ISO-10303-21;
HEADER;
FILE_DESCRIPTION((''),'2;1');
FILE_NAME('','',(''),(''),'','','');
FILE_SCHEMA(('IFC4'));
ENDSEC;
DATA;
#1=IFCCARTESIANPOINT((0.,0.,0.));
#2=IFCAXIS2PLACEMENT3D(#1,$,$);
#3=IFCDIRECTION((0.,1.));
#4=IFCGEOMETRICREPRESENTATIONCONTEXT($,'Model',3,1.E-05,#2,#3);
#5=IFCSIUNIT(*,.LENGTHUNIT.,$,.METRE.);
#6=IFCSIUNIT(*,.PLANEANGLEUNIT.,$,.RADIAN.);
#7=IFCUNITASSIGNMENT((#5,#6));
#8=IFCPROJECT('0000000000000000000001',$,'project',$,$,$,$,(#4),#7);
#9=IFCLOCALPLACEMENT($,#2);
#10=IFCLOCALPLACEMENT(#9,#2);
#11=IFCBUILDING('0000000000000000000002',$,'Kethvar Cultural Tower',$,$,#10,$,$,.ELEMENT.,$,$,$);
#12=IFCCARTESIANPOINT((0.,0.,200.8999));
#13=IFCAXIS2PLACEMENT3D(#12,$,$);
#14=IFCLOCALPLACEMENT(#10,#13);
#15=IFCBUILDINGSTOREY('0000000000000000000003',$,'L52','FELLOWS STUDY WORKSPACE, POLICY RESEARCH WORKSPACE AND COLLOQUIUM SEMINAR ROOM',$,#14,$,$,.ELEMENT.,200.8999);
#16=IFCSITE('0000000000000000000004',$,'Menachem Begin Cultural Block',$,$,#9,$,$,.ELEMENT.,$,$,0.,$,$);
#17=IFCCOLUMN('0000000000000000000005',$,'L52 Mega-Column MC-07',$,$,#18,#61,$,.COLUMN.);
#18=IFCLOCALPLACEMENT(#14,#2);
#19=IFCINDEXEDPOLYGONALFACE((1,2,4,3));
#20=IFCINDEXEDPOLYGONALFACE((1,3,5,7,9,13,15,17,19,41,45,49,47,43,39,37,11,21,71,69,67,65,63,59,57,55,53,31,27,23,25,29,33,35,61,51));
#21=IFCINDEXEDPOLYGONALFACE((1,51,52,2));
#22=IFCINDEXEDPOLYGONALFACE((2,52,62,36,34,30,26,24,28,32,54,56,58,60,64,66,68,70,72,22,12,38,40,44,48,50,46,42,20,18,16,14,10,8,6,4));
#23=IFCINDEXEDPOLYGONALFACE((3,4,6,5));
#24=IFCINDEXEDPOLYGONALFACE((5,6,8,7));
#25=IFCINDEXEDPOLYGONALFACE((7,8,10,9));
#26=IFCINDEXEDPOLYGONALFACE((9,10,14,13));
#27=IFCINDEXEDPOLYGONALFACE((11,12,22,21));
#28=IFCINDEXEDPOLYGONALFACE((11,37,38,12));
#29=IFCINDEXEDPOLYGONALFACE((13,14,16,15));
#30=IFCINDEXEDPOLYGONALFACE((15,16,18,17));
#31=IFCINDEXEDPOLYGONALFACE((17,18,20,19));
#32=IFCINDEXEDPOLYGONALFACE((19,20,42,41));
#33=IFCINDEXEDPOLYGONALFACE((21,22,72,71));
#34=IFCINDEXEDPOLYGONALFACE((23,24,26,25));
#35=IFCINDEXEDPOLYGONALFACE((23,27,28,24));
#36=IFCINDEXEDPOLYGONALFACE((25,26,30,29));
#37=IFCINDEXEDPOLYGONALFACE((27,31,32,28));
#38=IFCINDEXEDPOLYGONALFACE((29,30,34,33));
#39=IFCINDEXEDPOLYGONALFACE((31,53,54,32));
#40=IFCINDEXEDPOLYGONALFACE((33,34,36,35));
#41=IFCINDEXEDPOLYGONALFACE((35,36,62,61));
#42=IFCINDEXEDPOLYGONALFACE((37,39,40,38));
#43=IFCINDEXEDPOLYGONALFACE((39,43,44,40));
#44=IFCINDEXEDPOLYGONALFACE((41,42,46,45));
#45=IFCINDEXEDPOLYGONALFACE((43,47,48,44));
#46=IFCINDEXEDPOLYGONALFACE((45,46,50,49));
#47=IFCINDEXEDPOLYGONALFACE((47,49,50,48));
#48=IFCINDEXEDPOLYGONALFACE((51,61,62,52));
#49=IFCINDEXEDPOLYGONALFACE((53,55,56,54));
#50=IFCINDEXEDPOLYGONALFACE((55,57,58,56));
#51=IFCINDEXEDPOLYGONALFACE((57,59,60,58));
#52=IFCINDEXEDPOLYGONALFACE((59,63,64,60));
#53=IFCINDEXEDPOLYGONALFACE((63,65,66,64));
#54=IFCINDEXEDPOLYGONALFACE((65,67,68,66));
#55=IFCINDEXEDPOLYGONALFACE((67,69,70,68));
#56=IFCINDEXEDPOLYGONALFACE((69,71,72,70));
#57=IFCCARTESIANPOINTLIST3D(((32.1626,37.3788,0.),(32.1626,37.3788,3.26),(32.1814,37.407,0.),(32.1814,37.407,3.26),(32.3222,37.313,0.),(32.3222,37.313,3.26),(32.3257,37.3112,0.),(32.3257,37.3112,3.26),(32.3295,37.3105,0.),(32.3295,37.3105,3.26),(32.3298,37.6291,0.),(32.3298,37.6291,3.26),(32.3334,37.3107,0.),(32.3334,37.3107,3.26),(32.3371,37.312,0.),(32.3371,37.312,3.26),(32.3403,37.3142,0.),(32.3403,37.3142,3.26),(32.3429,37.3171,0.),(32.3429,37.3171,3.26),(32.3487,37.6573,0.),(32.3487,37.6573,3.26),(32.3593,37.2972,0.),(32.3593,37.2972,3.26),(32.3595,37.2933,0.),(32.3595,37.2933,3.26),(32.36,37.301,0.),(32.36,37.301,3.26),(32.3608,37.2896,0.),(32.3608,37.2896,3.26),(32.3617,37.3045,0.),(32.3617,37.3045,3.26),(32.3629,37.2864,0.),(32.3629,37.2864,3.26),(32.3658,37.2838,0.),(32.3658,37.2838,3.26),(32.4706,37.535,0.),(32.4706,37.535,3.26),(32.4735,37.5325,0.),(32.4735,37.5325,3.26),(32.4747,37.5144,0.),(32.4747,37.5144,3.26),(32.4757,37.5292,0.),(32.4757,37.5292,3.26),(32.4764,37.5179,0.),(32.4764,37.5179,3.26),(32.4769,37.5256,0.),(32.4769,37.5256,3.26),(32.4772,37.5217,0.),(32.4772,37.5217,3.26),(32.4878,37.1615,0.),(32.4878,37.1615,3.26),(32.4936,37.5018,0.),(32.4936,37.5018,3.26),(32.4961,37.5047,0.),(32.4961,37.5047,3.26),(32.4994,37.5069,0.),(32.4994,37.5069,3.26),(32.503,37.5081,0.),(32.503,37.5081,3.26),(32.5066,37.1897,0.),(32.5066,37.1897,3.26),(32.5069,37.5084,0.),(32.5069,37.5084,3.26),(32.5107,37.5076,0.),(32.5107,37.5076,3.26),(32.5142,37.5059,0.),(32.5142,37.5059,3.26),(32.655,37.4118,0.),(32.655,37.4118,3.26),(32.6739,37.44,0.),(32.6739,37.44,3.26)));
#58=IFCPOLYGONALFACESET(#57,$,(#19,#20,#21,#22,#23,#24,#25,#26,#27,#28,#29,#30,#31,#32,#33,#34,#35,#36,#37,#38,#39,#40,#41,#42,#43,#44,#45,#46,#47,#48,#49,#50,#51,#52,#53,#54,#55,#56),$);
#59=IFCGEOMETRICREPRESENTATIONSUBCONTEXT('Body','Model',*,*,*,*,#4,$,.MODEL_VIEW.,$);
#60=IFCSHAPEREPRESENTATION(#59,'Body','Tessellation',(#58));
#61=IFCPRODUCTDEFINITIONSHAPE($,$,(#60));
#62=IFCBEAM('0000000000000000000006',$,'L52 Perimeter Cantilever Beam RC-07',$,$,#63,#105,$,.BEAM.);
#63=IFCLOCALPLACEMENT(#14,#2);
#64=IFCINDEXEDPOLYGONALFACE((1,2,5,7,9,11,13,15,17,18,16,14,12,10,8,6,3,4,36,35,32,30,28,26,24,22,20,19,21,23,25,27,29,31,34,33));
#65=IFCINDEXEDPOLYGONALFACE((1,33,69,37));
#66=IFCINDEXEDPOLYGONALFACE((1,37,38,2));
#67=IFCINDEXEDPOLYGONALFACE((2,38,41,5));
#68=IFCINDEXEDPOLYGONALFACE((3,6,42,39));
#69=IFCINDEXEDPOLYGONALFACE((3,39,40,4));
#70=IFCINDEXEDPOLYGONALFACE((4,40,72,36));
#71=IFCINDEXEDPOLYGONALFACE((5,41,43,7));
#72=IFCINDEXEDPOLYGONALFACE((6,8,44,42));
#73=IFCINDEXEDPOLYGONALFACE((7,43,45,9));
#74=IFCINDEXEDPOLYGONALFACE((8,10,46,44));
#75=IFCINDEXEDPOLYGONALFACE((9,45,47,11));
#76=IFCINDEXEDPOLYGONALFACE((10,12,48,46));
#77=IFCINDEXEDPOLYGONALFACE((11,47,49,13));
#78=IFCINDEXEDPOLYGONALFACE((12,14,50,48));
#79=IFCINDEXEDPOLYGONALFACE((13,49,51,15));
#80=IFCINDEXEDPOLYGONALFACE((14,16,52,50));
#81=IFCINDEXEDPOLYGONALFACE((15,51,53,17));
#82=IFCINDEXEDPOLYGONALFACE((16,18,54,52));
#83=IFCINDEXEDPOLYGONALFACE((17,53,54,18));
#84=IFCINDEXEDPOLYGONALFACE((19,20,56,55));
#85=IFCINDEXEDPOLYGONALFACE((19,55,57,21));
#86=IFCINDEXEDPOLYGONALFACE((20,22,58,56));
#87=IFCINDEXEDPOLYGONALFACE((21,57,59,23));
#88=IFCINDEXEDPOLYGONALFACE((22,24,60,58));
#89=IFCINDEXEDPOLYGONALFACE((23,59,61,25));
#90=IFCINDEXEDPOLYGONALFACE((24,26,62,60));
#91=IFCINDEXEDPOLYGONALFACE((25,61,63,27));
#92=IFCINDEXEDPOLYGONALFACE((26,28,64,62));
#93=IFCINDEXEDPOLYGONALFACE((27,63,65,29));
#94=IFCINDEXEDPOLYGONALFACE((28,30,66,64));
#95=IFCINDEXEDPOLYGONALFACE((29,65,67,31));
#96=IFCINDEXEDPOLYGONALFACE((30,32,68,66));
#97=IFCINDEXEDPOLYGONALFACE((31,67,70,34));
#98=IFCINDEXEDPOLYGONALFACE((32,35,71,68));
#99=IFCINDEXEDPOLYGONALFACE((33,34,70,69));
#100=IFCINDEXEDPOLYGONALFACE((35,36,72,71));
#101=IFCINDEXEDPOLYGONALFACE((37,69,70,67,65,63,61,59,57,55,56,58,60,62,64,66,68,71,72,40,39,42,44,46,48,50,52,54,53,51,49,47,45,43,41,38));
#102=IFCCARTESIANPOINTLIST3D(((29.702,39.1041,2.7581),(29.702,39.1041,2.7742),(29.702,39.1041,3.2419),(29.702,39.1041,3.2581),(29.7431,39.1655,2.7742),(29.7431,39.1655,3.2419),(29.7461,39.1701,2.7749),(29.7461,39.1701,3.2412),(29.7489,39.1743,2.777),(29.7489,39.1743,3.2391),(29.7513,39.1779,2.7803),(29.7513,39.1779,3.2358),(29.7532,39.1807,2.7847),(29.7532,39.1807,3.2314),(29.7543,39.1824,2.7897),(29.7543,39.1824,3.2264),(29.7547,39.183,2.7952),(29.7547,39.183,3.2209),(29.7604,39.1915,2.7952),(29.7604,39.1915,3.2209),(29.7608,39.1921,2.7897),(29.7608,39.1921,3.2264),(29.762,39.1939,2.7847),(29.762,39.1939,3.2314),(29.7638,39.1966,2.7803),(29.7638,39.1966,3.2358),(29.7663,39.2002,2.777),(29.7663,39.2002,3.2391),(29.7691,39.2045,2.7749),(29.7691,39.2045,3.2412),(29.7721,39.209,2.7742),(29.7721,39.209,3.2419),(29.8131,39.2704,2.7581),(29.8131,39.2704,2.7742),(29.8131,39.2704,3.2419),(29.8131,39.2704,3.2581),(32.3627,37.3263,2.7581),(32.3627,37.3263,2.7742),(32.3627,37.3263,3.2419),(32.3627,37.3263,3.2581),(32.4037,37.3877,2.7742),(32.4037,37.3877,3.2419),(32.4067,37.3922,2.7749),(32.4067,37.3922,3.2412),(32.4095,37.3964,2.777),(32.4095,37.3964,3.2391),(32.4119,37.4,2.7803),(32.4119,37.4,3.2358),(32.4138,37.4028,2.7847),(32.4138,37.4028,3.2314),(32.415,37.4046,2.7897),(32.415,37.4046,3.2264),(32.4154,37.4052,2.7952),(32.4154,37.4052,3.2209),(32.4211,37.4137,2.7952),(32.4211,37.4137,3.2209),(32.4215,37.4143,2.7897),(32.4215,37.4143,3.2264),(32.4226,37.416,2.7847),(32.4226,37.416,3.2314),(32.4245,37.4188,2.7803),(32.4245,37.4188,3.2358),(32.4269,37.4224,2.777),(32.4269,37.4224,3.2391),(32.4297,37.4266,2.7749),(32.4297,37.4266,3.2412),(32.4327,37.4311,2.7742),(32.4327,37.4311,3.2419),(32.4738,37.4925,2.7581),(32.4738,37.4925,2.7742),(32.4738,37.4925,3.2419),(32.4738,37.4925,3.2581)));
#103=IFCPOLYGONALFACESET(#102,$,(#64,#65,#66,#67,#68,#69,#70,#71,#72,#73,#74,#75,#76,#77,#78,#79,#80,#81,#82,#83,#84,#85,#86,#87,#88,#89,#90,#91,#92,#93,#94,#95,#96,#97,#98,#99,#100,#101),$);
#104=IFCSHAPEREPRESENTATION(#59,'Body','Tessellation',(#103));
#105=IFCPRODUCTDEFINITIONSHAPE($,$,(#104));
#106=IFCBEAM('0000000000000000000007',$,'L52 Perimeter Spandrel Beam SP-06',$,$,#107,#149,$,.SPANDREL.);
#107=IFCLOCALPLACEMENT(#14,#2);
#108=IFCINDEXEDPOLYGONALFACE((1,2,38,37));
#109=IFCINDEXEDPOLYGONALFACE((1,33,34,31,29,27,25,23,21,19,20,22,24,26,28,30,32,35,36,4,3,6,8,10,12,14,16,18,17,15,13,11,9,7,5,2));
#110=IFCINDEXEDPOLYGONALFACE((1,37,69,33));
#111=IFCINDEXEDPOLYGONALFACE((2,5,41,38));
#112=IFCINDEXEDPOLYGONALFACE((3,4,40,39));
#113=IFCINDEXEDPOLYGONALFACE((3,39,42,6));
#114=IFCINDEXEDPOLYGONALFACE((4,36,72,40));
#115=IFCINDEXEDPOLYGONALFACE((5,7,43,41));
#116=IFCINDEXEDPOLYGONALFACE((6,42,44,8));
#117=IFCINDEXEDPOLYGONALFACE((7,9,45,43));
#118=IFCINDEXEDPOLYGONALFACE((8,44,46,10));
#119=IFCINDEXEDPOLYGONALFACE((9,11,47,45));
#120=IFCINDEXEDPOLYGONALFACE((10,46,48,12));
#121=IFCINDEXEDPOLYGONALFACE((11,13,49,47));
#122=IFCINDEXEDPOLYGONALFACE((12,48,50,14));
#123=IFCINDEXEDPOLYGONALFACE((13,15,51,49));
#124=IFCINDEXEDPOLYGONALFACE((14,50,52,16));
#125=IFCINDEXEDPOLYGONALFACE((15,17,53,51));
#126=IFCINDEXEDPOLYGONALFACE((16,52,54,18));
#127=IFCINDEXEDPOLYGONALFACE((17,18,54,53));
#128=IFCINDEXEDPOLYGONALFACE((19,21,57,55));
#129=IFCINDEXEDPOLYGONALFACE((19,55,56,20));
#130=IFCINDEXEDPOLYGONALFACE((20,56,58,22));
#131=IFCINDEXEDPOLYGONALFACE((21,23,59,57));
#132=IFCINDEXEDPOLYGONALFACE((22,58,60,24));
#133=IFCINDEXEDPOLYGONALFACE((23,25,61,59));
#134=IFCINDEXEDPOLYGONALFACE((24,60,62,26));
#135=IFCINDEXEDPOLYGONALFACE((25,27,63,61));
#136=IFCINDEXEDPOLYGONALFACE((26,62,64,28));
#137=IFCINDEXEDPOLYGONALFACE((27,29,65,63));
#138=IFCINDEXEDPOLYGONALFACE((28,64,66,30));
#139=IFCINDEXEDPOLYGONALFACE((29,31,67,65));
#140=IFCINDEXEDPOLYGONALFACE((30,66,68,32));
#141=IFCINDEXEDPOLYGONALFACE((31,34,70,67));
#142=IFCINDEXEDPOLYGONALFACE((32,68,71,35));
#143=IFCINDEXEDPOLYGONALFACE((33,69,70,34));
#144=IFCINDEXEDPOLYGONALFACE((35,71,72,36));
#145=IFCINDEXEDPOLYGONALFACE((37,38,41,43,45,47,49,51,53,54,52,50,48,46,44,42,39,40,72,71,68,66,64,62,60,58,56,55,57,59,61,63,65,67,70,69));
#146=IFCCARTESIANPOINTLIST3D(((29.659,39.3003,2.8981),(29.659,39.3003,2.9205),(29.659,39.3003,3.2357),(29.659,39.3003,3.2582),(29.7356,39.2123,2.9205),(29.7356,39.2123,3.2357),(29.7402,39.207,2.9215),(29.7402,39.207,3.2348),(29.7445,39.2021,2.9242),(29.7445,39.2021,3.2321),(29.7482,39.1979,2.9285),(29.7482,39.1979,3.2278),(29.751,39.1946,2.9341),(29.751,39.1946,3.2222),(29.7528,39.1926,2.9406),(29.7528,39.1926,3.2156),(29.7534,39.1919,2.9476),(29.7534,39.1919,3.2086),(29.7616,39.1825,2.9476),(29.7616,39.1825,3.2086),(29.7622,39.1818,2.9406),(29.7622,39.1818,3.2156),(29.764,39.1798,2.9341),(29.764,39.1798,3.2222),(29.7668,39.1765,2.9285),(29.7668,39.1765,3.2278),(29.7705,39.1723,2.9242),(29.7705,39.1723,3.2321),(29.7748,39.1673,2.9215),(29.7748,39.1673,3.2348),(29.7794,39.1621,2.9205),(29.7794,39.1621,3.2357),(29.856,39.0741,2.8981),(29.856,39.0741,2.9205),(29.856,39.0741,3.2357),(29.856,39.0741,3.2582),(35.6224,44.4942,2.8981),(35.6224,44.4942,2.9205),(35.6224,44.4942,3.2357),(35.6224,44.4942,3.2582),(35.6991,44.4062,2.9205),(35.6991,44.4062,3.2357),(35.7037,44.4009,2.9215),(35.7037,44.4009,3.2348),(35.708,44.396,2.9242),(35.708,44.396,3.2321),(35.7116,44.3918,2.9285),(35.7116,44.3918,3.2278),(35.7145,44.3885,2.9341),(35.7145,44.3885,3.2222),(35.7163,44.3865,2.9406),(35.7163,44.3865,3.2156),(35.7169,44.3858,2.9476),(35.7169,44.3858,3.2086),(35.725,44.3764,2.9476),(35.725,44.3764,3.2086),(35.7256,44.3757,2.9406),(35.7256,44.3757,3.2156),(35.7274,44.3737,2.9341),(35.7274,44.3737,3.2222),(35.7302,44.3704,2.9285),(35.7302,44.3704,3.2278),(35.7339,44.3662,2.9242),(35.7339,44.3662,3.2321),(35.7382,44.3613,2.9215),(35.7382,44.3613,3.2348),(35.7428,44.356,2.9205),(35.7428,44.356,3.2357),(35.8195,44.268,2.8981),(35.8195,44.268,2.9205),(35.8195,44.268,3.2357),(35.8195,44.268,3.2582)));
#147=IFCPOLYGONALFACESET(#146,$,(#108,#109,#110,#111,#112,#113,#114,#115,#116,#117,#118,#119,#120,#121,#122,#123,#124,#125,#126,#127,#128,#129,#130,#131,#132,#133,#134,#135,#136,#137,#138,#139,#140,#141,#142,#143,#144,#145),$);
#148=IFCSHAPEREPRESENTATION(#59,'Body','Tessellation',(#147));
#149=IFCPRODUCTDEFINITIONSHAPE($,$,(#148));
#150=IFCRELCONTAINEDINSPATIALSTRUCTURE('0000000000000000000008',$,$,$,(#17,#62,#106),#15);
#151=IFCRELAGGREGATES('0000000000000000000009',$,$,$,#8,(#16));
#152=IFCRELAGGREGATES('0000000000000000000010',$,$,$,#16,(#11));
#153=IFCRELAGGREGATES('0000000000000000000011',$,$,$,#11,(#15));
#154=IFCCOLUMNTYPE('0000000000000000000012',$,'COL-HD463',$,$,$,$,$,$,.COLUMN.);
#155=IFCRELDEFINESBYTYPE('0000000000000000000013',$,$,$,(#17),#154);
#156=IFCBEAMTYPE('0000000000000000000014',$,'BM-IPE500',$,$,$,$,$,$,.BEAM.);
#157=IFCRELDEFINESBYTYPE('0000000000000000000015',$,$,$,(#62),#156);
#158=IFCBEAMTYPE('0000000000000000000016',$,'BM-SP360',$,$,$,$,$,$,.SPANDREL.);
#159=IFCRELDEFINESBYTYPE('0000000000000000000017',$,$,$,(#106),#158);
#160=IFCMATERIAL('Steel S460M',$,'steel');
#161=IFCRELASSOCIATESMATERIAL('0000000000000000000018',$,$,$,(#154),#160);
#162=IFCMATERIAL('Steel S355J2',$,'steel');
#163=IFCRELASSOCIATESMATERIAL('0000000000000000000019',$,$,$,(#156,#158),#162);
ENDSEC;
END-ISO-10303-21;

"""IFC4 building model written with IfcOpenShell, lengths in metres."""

from ifc_helpers import new_model, si_unit, direction, frame, origin, origin_2d, place, context, subcontext, project, spatial, i_section, extrude, source, transform, mapped, material, material_profile, profile_set, type_object, element, save


model = new_model("IFC4")

# Units and contexts
model_context = context("Model", 3, precision=1e-05, world=origin(), true_north=direction((0.0, 1.0)))
body_context = subcontext(model_context, "Body", "Model", "MODEL_VIEW")
ifc_project = project(units=[si_unit("LENGTHUNIT", "METRE"), si_unit("PLANEANGLEUNIT", "RADIAN")], contexts=[model_context])

# Site, building, storey
site_placement = place(None, origin())
site = spatial("IfcSite", under=ifc_project, at=site_placement, Name="Menachem Begin Cultural Block", CompositionType="ELEMENT", RefElevation=0.0)
building_placement = place(site_placement, origin())
building = spatial("IfcBuilding", under=site, at=building_placement, Name="Kethvar Cultural Tower", CompositionType="ELEMENT")
storey_placement = place(building_placement, frame((0.0, 0.0, 200.8999)))
storey = spatial("IfcBuildingStorey", under=building, at=storey_placement, Name="L52", Description="FELLOWS STUDY WORKSPACE, POLICY RESEARCH WORKSPACE AND COLLOQUIUM SEMINAR ROOM", CompositionType="ELEMENT", Elevation=200.8999)

# Column
ifc_material_1 = material(Name="Steel S460M", Category="steel")
ifc_material_profile_1 = material_profile(ifc_material_1, i_section(OverallWidth=0.3911, OverallDepth=0.335, WebThickness=0.0227, FlangeThickness=0.0339, FilletRadius=0.0149, at=origin_2d()), Name="Steel S460M — HD400x463")
ifc_profile_set_1 = profile_set([ifc_material_profile_1], Name="Steel S460M — HD400x463")
column_type = type_object("IfcColumnType", Name="COL-HD463", PredefinedType="COLUMN", material=ifc_profile_set_1)
shared_shape_1 = source(origin(), body_context, "Body", "SweptSolid", [
    extrude(i_section(OverallWidth=0.3911, OverallDepth=0.335, WebThickness=0.0227, FlangeThickness=0.0339, FilletRadius=0.0149, at=origin_2d()), origin(), (0.0, 0.0, 1.0), 3.26),
])
column_placement = place(storey_placement, frame((32.4182, 37.4094, 0.0), z_axis=(0.0, 0.0, 1.0), x_axis=(-0.83147, 0.55557, 0.0)))
element("IfcColumn", 1, at=column_placement, inside=storey, type_object=column_type, Name="L52 Mega-Column MC-07", PredefinedType="COLUMN", context=body_context, shape_type="MappedRepresentation", body=[
    mapped(shared_shape_1, transform((0.0, 0.0, 0.0), scale=1.0)),
])

# Beams
ifc_material_2 = material(Name="Steel S355J2", Category="steel")
ifc_material_profile_2 = material_profile(ifc_material_2, i_section(OverallWidth=0.2, OverallDepth=0.5, WebThickness=0.0103, FlangeThickness=0.0161, FilletRadius=0.021, at=origin_2d()), Name="Steel S355J2 — IPE500")
ifc_profile_set_2 = profile_set([ifc_material_profile_2], Name="Steel S355J2 — IPE500")
beam_type_1 = type_object("IfcBeamType", Name="BM-IPE500", PredefinedType="BEAM", material=ifc_profile_set_2)
shared_shape_2 = source(origin(), body_context, "Body", "SweptSolid", [
    extrude(i_section(OverallWidth=0.2, OverallDepth=0.5, WebThickness=0.0103, FlangeThickness=0.0161, FilletRadius=0.021, at=origin_2d()), origin(), (0.0, 0.0, 1.0), 3.2),
])
beam_1_placement = place(storey_placement, frame((32.4182, 37.4094, 3.0081), z_axis=(-0.831463, 0.55558, 0.0), x_axis=(-0.55558, -0.831463, 0.0)))
element("IfcBeam", 2, at=beam_1_placement, inside=storey, type_object=beam_type_1, Name="L52 Perimeter Cantilever Beam RC-07", PredefinedType="BEAM", context=body_context, shape_type="MappedRepresentation", body=[
    mapped(shared_shape_2, transform((0.0, 0.0, 0.0), scale=1.0)),
])
ifc_material_profile_3 = material_profile(ifc_material_2, i_section(OverallWidth=0.3, OverallDepth=0.3601, WebThickness=0.0125, FlangeThickness=0.0225, FilletRadius=0.0271, at=origin_2d()), Name="Steel S355J2 — HEB360")
ifc_profile_set_3 = profile_set([ifc_material_profile_3], Name="Steel S355J2 — HEB360")
beam_type_2 = type_object("IfcBeamType", Name="BM-SP360", PredefinedType="SPANDREL", material=ifc_profile_set_3)
shared_shape_3 = source(origin(), body_context, "Body", "SweptSolid", [
    extrude(i_section(OverallWidth=0.3, OverallDepth=0.3601, WebThickness=0.0125, FlangeThickness=0.0225, FilletRadius=0.0271, at=origin_2d()), origin(), (0.0, 0.0, 1.0), 7.9082),
])
beam_2_placement = place(storey_placement, frame((35.7209, 44.3811, 3.0781), z_axis=(-0.754086, -0.656776, 0.0), x_axis=(0.656776, -0.754086, 0.0)))
element("IfcBeam", 3, at=beam_2_placement, inside=storey, type_object=beam_type_2, Name="L52 Perimeter Spandrel Beam SP-06", PredefinedType="SPANDREL", context=body_context, shape_type="MappedRepresentation", body=[
    mapped(shared_shape_3, transform((0.0, 0.0, 0.0), scale=1.0)),
])

save(model, "model.ifc")
